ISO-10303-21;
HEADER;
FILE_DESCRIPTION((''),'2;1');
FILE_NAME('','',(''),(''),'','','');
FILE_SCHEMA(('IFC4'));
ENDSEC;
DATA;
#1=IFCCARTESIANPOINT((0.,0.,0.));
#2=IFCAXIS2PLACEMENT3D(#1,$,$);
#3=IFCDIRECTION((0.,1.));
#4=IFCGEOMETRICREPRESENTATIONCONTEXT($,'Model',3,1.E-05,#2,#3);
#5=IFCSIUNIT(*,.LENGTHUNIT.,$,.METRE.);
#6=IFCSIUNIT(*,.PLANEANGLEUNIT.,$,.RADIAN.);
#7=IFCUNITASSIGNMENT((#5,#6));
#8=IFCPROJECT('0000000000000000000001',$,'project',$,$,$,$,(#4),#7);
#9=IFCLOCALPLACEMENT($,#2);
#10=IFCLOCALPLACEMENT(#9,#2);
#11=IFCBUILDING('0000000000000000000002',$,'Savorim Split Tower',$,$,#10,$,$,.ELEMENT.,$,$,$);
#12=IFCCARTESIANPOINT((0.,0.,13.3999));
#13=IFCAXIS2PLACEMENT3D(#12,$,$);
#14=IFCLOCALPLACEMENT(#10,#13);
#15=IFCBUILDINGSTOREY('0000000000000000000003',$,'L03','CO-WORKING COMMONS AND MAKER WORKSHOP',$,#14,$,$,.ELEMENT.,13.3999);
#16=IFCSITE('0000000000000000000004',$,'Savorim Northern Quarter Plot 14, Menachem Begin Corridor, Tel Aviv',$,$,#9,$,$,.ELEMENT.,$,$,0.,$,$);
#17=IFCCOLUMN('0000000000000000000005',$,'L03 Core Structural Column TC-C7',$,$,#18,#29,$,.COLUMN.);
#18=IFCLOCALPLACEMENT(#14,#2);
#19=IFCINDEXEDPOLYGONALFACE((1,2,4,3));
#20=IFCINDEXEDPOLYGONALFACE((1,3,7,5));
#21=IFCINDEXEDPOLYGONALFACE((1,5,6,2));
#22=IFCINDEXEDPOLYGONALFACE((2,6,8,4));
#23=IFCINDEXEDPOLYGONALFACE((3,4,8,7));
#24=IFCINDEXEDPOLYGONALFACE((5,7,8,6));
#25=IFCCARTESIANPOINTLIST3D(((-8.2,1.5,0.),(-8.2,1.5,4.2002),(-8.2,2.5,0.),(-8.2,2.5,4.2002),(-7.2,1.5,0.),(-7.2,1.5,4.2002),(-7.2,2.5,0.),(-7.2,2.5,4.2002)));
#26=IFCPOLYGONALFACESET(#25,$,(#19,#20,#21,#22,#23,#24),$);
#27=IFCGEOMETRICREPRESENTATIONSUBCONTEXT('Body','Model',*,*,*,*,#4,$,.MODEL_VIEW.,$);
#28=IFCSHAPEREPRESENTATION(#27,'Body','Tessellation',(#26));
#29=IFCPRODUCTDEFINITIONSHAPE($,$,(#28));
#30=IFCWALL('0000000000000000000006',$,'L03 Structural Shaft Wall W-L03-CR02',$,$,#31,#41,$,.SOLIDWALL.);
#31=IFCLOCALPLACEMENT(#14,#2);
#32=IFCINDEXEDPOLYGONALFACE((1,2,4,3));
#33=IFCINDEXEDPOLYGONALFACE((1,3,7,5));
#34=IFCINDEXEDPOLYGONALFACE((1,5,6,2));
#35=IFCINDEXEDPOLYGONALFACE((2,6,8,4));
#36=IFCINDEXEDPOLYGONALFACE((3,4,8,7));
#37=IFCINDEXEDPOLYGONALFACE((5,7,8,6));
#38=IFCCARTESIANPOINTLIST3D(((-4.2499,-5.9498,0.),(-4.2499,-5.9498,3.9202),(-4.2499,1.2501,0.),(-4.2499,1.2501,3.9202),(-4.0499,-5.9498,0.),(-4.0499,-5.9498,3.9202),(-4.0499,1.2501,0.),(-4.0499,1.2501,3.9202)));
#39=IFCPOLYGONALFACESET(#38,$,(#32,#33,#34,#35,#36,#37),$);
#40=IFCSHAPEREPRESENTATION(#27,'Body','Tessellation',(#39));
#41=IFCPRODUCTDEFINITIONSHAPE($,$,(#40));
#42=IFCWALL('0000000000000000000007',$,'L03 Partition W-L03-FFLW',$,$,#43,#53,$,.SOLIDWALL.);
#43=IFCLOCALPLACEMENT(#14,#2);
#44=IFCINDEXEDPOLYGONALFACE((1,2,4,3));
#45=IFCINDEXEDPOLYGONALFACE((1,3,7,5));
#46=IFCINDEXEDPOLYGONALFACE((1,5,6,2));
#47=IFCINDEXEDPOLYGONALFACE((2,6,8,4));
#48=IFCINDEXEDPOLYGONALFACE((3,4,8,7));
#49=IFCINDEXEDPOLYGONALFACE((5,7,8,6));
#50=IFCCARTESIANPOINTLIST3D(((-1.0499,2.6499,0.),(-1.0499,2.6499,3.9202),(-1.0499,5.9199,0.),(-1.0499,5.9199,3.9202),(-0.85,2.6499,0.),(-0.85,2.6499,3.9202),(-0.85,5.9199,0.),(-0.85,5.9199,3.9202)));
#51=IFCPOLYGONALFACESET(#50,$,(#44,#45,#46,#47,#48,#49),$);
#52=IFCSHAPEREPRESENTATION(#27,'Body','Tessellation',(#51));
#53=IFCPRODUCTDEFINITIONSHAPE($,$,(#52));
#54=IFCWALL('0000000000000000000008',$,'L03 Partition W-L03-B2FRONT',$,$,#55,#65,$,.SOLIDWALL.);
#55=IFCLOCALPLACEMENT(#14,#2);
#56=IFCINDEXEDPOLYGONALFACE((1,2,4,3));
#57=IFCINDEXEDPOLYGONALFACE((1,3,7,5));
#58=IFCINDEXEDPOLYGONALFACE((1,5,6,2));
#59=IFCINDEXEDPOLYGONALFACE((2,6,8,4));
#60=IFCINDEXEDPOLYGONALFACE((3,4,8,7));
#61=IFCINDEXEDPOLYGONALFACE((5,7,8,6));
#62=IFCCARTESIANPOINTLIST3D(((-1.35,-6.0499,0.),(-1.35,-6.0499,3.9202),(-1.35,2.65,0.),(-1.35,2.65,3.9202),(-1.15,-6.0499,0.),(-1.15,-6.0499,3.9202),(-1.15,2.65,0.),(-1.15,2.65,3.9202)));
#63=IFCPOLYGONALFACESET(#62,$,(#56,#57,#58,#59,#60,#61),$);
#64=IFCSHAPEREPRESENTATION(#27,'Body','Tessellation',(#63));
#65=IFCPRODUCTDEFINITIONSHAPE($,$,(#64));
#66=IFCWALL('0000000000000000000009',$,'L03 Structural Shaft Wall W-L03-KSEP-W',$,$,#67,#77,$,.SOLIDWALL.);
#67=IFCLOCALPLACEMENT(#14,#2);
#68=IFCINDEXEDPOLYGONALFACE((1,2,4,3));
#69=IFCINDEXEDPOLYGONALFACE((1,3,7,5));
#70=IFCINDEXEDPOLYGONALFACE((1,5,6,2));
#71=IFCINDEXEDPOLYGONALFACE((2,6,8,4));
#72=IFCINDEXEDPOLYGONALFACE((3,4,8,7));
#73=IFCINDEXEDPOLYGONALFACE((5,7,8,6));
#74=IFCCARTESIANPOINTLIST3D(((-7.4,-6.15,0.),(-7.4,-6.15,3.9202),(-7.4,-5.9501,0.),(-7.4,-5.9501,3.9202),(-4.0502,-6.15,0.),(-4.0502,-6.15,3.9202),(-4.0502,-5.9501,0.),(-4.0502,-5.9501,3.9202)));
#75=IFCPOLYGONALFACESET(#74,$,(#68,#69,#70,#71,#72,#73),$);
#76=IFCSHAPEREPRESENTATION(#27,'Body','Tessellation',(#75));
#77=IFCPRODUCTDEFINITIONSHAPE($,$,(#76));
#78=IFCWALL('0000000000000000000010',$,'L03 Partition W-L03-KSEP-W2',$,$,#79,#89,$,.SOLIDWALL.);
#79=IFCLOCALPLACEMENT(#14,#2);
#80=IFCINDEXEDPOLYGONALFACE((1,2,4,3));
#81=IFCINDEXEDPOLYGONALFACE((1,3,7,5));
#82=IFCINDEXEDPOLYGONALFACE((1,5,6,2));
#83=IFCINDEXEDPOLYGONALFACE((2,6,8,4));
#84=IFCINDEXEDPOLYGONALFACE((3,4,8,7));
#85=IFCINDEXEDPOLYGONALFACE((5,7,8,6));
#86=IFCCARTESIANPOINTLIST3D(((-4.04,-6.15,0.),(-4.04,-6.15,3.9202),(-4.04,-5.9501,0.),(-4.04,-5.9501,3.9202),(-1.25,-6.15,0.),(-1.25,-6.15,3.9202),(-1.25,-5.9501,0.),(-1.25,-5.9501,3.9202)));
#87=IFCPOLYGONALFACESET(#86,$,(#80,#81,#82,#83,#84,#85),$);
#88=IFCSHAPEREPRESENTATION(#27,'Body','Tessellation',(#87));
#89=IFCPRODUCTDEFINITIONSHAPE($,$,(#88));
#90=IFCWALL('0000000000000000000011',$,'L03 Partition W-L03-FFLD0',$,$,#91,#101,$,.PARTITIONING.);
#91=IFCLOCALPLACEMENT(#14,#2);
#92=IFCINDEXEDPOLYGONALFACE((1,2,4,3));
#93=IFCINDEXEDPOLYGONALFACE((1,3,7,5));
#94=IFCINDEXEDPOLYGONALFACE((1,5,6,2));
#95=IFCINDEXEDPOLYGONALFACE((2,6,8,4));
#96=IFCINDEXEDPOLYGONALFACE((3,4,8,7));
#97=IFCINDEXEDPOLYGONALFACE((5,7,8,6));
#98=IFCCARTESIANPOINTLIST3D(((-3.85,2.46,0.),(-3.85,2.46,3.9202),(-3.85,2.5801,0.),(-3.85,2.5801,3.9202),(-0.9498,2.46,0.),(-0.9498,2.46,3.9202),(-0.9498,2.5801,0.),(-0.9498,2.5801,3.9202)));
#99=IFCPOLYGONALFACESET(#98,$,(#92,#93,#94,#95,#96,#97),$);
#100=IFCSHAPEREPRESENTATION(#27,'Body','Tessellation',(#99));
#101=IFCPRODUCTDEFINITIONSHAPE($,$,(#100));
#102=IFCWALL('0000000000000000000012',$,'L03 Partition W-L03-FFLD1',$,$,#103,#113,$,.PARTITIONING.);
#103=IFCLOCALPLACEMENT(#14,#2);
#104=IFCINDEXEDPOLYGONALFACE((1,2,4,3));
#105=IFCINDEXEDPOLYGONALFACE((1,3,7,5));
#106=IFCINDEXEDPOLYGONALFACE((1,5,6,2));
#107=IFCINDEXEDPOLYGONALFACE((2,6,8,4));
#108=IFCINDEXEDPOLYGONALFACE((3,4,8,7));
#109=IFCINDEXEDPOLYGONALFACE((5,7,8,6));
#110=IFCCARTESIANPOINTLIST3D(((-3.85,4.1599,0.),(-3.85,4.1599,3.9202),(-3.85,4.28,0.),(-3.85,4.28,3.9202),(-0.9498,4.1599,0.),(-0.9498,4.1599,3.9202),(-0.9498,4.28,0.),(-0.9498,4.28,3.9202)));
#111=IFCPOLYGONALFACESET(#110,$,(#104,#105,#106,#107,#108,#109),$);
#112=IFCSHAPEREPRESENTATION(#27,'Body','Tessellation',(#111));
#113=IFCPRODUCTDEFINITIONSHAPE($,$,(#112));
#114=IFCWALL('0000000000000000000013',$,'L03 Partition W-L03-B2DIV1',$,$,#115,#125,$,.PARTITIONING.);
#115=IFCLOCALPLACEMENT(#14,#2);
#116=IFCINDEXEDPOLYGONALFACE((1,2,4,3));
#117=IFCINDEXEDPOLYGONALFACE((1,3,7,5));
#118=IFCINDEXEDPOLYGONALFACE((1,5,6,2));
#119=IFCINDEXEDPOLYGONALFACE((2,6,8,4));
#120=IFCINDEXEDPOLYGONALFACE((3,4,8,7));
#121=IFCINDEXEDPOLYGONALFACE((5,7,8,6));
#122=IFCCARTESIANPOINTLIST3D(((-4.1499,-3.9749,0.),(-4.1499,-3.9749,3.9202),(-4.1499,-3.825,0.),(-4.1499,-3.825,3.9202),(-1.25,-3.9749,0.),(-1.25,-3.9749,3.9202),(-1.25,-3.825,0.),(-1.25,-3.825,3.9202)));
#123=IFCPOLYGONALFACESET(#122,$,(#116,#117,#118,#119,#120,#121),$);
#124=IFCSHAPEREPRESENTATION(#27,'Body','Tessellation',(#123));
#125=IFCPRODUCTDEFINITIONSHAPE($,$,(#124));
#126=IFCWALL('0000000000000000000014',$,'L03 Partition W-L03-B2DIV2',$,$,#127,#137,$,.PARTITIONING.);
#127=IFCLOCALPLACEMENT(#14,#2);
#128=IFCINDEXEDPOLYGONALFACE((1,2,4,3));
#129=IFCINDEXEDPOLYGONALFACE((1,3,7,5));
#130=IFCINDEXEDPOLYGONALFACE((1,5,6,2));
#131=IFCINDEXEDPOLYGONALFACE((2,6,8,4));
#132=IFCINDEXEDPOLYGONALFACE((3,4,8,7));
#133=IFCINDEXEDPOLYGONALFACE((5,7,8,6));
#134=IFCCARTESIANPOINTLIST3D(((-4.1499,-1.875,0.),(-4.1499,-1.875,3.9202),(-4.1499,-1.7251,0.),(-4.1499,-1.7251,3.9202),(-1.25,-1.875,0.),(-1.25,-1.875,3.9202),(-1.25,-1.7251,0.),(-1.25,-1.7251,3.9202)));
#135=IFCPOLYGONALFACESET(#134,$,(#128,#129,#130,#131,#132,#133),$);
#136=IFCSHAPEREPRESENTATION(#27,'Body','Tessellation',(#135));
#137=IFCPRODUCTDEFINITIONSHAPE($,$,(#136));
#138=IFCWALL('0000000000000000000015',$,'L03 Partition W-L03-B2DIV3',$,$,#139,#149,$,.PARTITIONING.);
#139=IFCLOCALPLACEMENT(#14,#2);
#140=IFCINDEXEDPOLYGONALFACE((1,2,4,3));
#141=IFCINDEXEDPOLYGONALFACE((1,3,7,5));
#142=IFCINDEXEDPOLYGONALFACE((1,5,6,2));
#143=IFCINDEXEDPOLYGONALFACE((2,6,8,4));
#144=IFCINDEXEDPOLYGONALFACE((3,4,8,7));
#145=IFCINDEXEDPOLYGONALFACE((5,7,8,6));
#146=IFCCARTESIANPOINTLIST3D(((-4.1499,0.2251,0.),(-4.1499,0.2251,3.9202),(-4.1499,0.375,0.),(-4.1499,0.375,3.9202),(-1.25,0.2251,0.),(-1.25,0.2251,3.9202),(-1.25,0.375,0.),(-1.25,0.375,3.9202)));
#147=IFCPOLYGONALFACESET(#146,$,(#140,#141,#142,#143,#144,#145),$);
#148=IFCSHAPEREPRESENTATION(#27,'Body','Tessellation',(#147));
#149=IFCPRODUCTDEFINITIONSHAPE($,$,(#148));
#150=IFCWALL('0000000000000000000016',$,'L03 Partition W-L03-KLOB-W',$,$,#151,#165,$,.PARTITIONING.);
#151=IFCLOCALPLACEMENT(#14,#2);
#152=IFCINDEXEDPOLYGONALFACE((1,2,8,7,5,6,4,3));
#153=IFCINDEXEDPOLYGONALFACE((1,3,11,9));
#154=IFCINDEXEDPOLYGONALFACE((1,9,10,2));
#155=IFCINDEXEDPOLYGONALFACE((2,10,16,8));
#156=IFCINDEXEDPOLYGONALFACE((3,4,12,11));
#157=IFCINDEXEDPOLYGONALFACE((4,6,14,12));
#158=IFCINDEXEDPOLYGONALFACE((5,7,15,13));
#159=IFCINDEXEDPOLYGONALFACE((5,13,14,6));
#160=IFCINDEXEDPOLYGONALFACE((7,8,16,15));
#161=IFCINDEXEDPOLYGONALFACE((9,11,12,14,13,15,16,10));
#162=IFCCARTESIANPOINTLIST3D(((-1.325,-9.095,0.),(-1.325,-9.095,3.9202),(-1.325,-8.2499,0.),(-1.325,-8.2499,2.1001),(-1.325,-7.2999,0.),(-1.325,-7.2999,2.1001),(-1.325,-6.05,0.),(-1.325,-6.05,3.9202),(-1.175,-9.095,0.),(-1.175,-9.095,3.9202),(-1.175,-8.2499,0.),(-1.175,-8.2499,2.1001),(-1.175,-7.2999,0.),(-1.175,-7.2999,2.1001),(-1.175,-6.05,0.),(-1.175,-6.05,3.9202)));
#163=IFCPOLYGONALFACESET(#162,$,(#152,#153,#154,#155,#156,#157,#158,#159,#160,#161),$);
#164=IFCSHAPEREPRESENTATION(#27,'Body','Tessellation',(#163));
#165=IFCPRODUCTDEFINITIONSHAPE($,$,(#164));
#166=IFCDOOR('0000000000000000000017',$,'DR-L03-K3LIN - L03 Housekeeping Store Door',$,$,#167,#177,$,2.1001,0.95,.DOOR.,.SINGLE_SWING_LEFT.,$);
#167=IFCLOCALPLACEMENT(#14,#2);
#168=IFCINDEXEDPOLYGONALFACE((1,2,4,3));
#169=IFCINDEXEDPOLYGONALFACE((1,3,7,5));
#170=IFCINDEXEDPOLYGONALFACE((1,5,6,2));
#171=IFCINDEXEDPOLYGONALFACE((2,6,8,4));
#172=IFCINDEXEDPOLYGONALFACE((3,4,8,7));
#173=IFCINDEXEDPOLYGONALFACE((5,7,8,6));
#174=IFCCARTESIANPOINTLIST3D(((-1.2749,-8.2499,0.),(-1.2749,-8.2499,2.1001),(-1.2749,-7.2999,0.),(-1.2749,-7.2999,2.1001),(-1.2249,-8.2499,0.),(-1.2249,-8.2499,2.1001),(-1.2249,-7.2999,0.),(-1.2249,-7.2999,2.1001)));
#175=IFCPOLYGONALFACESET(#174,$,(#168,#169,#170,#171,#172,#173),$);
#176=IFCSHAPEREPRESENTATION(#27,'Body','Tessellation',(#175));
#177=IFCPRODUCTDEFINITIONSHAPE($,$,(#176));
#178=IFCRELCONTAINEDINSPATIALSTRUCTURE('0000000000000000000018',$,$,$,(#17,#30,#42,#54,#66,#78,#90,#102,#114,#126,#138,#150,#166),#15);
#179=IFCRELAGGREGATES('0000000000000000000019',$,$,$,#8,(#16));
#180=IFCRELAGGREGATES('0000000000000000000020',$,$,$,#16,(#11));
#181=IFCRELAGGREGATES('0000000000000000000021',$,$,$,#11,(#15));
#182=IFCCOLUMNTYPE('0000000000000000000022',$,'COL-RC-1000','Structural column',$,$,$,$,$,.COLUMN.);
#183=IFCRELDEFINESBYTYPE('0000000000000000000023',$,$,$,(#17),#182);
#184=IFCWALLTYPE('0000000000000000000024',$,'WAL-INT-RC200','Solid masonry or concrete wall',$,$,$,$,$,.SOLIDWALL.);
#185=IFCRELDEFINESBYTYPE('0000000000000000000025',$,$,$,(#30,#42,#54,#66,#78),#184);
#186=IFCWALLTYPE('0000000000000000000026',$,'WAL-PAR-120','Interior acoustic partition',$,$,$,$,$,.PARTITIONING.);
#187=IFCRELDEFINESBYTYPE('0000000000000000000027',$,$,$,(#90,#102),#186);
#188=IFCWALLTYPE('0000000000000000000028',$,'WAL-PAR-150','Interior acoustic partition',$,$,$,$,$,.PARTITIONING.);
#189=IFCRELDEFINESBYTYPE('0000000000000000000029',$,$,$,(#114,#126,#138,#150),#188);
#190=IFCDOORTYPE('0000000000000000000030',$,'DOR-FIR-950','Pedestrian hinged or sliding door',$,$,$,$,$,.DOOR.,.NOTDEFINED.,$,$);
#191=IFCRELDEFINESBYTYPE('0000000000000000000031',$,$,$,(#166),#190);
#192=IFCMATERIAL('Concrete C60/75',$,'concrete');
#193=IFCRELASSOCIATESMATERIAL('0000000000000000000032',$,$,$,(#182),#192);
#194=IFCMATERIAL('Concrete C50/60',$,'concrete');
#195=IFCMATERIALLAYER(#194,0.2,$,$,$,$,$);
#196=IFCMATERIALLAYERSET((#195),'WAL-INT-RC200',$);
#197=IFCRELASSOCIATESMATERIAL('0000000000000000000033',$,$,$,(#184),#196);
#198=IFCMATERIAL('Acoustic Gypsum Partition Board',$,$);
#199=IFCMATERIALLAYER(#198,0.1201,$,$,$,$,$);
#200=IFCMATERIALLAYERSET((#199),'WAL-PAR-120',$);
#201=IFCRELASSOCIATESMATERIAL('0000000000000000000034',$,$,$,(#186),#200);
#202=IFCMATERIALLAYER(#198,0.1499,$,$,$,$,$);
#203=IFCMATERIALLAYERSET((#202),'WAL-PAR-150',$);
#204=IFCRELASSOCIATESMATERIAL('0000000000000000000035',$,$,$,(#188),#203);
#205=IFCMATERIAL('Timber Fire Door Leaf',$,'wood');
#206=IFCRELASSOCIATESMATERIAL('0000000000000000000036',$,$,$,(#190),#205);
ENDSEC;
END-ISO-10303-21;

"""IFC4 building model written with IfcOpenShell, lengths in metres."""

from ifc_helpers import new_model, si_unit, direction, frame, frame_2d, origin, origin_2d, place, context, subcontext, project, spatial, rectangle, extrude, material, layer, layer_set, material_profile, profile_set, type_object, element, fill, save


model = new_model("IFC4")

# Units and contexts
model_context = context("Model", 3, precision=1e-05, world=origin(), true_north=direction((0.0, 1.0)))
body_context = subcontext(model_context, "Body", "Model", "MODEL_VIEW")
ifc_project = project(units=[si_unit("LENGTHUNIT", "METRE"), si_unit("PLANEANGLEUNIT", "RADIAN")], contexts=[model_context])

# Site, building, storey
site_placement = place(None, origin())
site = spatial("IfcSite", under=ifc_project, at=site_placement, Name="Savorim Northern Quarter Plot 14, Menachem Begin Corridor, Tel Aviv", CompositionType="ELEMENT", RefElevation=0.0)
building_placement = place(site_placement, origin())
building = spatial("IfcBuilding", under=site, at=building_placement, Name="Savorim Split Tower", CompositionType="ELEMENT")
storey_placement = place(building_placement, frame((0.0, 0.0, 13.3999)))
storey = spatial("IfcBuildingStorey", under=building, at=storey_placement, Name="L03", Description="CO-WORKING COMMONS AND MAKER WORKSHOP", CompositionType="ELEMENT", Elevation=13.3999)

# Column
ifc_material_1 = material(Name="Concrete C60/75", Category="concrete")
ifc_material_profile = material_profile(ifc_material_1, rectangle(XDim=1.0, YDim=1.0, at=origin_2d()), Name="RC 1000x1000")
ifc_profile_set = profile_set([ifc_material_profile], Name="Concrete C60/75")
column_type = type_object("IfcColumnType", Name="COL-RC-1000", Description="Structural column", PredefinedType="COLUMN", material=ifc_profile_set)
column_placement = place(storey_placement, frame((-7.7, 2.0, 0.0), z_axis=(0.0, 0.0, 1.0), x_axis=(1.0, 0.0, 0.0)))
element("IfcColumn", 1, at=column_placement, inside=storey, type_object=column_type, Name="L03 Core Structural Column TC-C7", PredefinedType="COLUMN", context=body_context, shape_type="SweptSolid", body=[
    extrude(rectangle(XDim=1.0, YDim=1.0, at=origin_2d()), origin(), (0.0, 0.0, 1.0), 4.2002),
])

# Shared definitions
ifc_material_2 = material(Name="Concrete C50/60", Category="concrete")
ifc_layer_1 = layer(ifc_material_2, 0.2)
ifc_layer_set_1 = layer_set([ifc_layer_1], Name="WAL-INT-RC200")
wall_type_1 = type_object("IfcWallType", Name="WAL-INT-RC200", Description="Solid masonry or concrete wall", PredefinedType="SOLIDWALL", material=ifc_layer_set_1)
ifc_material_3 = material(Name="Timber Fire Door Leaf", Category="wood")

# Wall
wall_1_placement = place(storey_placement, frame((-4.1499, -5.95, 0.0), z_axis=(0.0, 0.0, 1.0), x_axis=(0.0, 1.0, 0.0)))
element("IfcWall", 2, at=wall_1_placement, inside=storey, type_object=wall_type_1, Name="L03 Structural Shaft Wall W-L03-CR02", PredefinedType="SOLIDWALL", context=body_context, shape_type="SweptSolid", body=[
    extrude(rectangle(XDim=7.2, YDim=0.2, at=frame_2d((3.6001, 0.0))), origin(), (0.0, 0.0, 1.0), 3.9202),
])

# Walls
wall_2_placement = place(storey_placement, frame((-0.95, 2.6499, 0.0), z_axis=(0.0, 0.0, 1.0), x_axis=(0.0, 1.0, 0.0)))
element("IfcWall", 3, at=wall_2_placement, inside=storey, type_object=wall_type_1, Name="L03 Partition W-L03-FFLW", PredefinedType="SOLIDWALL", context=body_context, shape_type="SweptSolid", body=[
    extrude(rectangle(XDim=3.27, YDim=0.2, at=frame_2d((1.635, 0.0))), origin(), (0.0, 0.0, 1.0), 3.9202),
])
wall_3_placement = place(storey_placement, frame((-1.25, -6.05, 0.0), z_axis=(0.0, 0.0, 1.0), x_axis=(0.0, 1.0, 0.0)))
element("IfcWall", 4, at=wall_3_placement, inside=storey, type_object=wall_type_1, Name="L03 Partition W-L03-B2FRONT", PredefinedType="SOLIDWALL", context=body_context, shape_type="SweptSolid", body=[
    extrude(rectangle(XDim=8.7, YDim=0.2, at=frame_2d((4.3501, 0.0))), origin(), (0.0, 0.0, 1.0), 3.9202),
])
wall_4_placement = place(storey_placement, frame((-7.3999, -6.05, 0.0), z_axis=(0.0, 0.0, 1.0), x_axis=(1.0, 0.0, 0.0)))
element("IfcWall", 5, at=wall_4_placement, inside=storey, type_object=wall_type_1, Name="L03 Structural Shaft Wall W-L03-KSEP-W", PredefinedType="SOLIDWALL", context=body_context, shape_type="SweptSolid", body=[
    extrude(rectangle(XDim=3.3499, YDim=0.2, at=frame_2d((1.6748, 0.0))), origin(), (0.0, 0.0, 1.0), 3.9202),
])
wall_5_placement = place(storey_placement, frame((-4.04, -6.05, 0.0), z_axis=(0.0, 0.0, 1.0), x_axis=(1.0, 0.0, 0.0)))
element("IfcWall", 6, at=wall_5_placement, inside=storey, type_object=wall_type_1, Name="L03 Partition W-L03-KSEP-W2", PredefinedType="SOLIDWALL", context=body_context, shape_type="SweptSolid", body=[
    extrude(rectangle(XDim=2.79, YDim=0.2, at=frame_2d((1.395, 0.0))), origin(), (0.0, 0.0, 1.0), 3.9202),
])
ifc_material_4 = material(Name="Acoustic Gypsum Partition Board")
ifc_layer_2 = layer(ifc_material_4, 0.1201)
ifc_layer_set_2 = layer_set([ifc_layer_2], Name="WAL-PAR-120")
wall_type_2 = type_object("IfcWallType", Name="WAL-PAR-120", Description="Interior acoustic partition", PredefinedType="PARTITIONING", material=ifc_layer_set_2)
for number, where, z_axis, x_axis, name in (
    (7, (-3.8501, 2.52, 0.0), (0.0, 0.0, 1.0), (1.0, 0.0, 0.0), "L03 Partition W-L03-FFLD0"),
    (8, (-3.8501, 4.22, 0.0), (0.0, 0.0, 1.0), (1.0, 0.0, 0.0), "L03 Partition W-L03-FFLD1"),
):
    element("IfcWall", number, at=place(storey_placement, frame(where, z_axis=z_axis, x_axis=x_axis)), inside=storey, type_object=wall_type_2, Name=name, PredefinedType="PARTITIONING", context=body_context, shape_type="SweptSolid", body=[
        extrude(rectangle(XDim=2.9001, YDim=0.1201, at=frame_2d((1.4502, 0.0))), origin(), (0.0, 0.0, 1.0), 3.9202),
    ])
ifc_layer_3 = layer(ifc_material_4, 0.1499)
ifc_layer_set_3 = layer_set([ifc_layer_3], Name="WAL-PAR-150")
wall_type_3 = type_object("IfcWallType", Name="WAL-PAR-150", Description="Interior acoustic partition", PredefinedType="PARTITIONING", material=ifc_layer_set_3)
for number, where, z_axis, x_axis, name in (
    (9, (-4.1499, -3.8999, 0.0), (0.0, 0.0, 1.0), (1.0, 0.0, 0.0), "L03 Partition W-L03-B2DIV1"),
    (10, (-4.1499, -1.8, 0.0), (0.0, 0.0, 1.0), (1.0, 0.0, 0.0), "L03 Partition W-L03-B2DIV2"),
    (11, (-4.1499, 0.3, 0.0), (0.0, 0.0, 1.0), (1.0, 0.0, 0.0), "L03 Partition W-L03-B2DIV3"),
):
    element("IfcWall", number, at=place(storey_placement, frame(where, z_axis=z_axis, x_axis=x_axis)), inside=storey, type_object=wall_type_3, Name=name, PredefinedType="PARTITIONING", context=body_context, shape_type="SweptSolid", body=[
        extrude(rectangle(XDim=2.8999, YDim=0.1499, at=frame_2d((1.45, 0.0))), origin(), (0.0, 0.0, 1.0), 3.9202),
    ])

# Wall, opening, door
wall_6_placement = place(storey_placement, frame((-1.25, -9.095, 0.0), z_axis=(0.0, 0.0, 1.0), x_axis=(0.0, 1.0, 0.0)))
wall_6 = element("IfcWall", 12, at=wall_6_placement, inside=storey, type_object=wall_type_3, Name="L03 Partition W-L03-KLOB-W", PredefinedType="PARTITIONING", context=body_context, shape_type="SweptSolid", body=[
    extrude(rectangle(XDim=3.0449, YDim=0.1499, at=frame_2d((1.5225, 0.0))), origin(), (0.0, 0.0, 1.0), 3.9202),
])
opening_1_placement = place(wall_6_placement, frame((0.845, 0.0, 0.0)))
opening_1 = element("IfcOpeningElement", 13, at=opening_1_placement, cuts=wall_6, PredefinedType="OPENING", context=body_context, shape_type="SweptSolid", body=[
    extrude(rectangle(XDim=0.95, YDim=2.1001, at=frame_2d((0.4751, 1.05))), frame((0.0, 0.085, 0.0), z_axis=(0.0, -1.0, 0.0), x_axis=(1.0, 0.0, 0.0)), (0.0, 0.0, 1.0), 0.1699),
])
door_type_1 = type_object("IfcDoorType", Name="DOR-FIR-950", Description="Pedestrian hinged or sliding door", OperationType="NOTDEFINED", PredefinedType="DOOR", material=ifc_material_3)
door_1_placement = place(opening_1_placement, origin())
door_1 = element("IfcDoor", 14, at=door_1_placement, inside=storey, type_object=door_type_1, Name="DR-L03-K3LIN - L03 Housekeeping Store Door", OperationType="SINGLE_SWING_LEFT", OverallHeight=2.1001, OverallWidth=0.95, PredefinedType="DOOR", context=body_context, shape_type="SweptSolid", body=[
    extrude(rectangle(XDim=0.95, YDim=2.1001, at=frame_2d((0.4751, 1.05))), frame((0.0, 0.0249, 0.0), z_axis=(0.0, -1.0, 0.0), x_axis=(1.0, 0.0, 0.0)), (0.0, 0.0, 1.0), 0.05),
])
fill(opening_1, door_1)

save(model, "model.ifc")
